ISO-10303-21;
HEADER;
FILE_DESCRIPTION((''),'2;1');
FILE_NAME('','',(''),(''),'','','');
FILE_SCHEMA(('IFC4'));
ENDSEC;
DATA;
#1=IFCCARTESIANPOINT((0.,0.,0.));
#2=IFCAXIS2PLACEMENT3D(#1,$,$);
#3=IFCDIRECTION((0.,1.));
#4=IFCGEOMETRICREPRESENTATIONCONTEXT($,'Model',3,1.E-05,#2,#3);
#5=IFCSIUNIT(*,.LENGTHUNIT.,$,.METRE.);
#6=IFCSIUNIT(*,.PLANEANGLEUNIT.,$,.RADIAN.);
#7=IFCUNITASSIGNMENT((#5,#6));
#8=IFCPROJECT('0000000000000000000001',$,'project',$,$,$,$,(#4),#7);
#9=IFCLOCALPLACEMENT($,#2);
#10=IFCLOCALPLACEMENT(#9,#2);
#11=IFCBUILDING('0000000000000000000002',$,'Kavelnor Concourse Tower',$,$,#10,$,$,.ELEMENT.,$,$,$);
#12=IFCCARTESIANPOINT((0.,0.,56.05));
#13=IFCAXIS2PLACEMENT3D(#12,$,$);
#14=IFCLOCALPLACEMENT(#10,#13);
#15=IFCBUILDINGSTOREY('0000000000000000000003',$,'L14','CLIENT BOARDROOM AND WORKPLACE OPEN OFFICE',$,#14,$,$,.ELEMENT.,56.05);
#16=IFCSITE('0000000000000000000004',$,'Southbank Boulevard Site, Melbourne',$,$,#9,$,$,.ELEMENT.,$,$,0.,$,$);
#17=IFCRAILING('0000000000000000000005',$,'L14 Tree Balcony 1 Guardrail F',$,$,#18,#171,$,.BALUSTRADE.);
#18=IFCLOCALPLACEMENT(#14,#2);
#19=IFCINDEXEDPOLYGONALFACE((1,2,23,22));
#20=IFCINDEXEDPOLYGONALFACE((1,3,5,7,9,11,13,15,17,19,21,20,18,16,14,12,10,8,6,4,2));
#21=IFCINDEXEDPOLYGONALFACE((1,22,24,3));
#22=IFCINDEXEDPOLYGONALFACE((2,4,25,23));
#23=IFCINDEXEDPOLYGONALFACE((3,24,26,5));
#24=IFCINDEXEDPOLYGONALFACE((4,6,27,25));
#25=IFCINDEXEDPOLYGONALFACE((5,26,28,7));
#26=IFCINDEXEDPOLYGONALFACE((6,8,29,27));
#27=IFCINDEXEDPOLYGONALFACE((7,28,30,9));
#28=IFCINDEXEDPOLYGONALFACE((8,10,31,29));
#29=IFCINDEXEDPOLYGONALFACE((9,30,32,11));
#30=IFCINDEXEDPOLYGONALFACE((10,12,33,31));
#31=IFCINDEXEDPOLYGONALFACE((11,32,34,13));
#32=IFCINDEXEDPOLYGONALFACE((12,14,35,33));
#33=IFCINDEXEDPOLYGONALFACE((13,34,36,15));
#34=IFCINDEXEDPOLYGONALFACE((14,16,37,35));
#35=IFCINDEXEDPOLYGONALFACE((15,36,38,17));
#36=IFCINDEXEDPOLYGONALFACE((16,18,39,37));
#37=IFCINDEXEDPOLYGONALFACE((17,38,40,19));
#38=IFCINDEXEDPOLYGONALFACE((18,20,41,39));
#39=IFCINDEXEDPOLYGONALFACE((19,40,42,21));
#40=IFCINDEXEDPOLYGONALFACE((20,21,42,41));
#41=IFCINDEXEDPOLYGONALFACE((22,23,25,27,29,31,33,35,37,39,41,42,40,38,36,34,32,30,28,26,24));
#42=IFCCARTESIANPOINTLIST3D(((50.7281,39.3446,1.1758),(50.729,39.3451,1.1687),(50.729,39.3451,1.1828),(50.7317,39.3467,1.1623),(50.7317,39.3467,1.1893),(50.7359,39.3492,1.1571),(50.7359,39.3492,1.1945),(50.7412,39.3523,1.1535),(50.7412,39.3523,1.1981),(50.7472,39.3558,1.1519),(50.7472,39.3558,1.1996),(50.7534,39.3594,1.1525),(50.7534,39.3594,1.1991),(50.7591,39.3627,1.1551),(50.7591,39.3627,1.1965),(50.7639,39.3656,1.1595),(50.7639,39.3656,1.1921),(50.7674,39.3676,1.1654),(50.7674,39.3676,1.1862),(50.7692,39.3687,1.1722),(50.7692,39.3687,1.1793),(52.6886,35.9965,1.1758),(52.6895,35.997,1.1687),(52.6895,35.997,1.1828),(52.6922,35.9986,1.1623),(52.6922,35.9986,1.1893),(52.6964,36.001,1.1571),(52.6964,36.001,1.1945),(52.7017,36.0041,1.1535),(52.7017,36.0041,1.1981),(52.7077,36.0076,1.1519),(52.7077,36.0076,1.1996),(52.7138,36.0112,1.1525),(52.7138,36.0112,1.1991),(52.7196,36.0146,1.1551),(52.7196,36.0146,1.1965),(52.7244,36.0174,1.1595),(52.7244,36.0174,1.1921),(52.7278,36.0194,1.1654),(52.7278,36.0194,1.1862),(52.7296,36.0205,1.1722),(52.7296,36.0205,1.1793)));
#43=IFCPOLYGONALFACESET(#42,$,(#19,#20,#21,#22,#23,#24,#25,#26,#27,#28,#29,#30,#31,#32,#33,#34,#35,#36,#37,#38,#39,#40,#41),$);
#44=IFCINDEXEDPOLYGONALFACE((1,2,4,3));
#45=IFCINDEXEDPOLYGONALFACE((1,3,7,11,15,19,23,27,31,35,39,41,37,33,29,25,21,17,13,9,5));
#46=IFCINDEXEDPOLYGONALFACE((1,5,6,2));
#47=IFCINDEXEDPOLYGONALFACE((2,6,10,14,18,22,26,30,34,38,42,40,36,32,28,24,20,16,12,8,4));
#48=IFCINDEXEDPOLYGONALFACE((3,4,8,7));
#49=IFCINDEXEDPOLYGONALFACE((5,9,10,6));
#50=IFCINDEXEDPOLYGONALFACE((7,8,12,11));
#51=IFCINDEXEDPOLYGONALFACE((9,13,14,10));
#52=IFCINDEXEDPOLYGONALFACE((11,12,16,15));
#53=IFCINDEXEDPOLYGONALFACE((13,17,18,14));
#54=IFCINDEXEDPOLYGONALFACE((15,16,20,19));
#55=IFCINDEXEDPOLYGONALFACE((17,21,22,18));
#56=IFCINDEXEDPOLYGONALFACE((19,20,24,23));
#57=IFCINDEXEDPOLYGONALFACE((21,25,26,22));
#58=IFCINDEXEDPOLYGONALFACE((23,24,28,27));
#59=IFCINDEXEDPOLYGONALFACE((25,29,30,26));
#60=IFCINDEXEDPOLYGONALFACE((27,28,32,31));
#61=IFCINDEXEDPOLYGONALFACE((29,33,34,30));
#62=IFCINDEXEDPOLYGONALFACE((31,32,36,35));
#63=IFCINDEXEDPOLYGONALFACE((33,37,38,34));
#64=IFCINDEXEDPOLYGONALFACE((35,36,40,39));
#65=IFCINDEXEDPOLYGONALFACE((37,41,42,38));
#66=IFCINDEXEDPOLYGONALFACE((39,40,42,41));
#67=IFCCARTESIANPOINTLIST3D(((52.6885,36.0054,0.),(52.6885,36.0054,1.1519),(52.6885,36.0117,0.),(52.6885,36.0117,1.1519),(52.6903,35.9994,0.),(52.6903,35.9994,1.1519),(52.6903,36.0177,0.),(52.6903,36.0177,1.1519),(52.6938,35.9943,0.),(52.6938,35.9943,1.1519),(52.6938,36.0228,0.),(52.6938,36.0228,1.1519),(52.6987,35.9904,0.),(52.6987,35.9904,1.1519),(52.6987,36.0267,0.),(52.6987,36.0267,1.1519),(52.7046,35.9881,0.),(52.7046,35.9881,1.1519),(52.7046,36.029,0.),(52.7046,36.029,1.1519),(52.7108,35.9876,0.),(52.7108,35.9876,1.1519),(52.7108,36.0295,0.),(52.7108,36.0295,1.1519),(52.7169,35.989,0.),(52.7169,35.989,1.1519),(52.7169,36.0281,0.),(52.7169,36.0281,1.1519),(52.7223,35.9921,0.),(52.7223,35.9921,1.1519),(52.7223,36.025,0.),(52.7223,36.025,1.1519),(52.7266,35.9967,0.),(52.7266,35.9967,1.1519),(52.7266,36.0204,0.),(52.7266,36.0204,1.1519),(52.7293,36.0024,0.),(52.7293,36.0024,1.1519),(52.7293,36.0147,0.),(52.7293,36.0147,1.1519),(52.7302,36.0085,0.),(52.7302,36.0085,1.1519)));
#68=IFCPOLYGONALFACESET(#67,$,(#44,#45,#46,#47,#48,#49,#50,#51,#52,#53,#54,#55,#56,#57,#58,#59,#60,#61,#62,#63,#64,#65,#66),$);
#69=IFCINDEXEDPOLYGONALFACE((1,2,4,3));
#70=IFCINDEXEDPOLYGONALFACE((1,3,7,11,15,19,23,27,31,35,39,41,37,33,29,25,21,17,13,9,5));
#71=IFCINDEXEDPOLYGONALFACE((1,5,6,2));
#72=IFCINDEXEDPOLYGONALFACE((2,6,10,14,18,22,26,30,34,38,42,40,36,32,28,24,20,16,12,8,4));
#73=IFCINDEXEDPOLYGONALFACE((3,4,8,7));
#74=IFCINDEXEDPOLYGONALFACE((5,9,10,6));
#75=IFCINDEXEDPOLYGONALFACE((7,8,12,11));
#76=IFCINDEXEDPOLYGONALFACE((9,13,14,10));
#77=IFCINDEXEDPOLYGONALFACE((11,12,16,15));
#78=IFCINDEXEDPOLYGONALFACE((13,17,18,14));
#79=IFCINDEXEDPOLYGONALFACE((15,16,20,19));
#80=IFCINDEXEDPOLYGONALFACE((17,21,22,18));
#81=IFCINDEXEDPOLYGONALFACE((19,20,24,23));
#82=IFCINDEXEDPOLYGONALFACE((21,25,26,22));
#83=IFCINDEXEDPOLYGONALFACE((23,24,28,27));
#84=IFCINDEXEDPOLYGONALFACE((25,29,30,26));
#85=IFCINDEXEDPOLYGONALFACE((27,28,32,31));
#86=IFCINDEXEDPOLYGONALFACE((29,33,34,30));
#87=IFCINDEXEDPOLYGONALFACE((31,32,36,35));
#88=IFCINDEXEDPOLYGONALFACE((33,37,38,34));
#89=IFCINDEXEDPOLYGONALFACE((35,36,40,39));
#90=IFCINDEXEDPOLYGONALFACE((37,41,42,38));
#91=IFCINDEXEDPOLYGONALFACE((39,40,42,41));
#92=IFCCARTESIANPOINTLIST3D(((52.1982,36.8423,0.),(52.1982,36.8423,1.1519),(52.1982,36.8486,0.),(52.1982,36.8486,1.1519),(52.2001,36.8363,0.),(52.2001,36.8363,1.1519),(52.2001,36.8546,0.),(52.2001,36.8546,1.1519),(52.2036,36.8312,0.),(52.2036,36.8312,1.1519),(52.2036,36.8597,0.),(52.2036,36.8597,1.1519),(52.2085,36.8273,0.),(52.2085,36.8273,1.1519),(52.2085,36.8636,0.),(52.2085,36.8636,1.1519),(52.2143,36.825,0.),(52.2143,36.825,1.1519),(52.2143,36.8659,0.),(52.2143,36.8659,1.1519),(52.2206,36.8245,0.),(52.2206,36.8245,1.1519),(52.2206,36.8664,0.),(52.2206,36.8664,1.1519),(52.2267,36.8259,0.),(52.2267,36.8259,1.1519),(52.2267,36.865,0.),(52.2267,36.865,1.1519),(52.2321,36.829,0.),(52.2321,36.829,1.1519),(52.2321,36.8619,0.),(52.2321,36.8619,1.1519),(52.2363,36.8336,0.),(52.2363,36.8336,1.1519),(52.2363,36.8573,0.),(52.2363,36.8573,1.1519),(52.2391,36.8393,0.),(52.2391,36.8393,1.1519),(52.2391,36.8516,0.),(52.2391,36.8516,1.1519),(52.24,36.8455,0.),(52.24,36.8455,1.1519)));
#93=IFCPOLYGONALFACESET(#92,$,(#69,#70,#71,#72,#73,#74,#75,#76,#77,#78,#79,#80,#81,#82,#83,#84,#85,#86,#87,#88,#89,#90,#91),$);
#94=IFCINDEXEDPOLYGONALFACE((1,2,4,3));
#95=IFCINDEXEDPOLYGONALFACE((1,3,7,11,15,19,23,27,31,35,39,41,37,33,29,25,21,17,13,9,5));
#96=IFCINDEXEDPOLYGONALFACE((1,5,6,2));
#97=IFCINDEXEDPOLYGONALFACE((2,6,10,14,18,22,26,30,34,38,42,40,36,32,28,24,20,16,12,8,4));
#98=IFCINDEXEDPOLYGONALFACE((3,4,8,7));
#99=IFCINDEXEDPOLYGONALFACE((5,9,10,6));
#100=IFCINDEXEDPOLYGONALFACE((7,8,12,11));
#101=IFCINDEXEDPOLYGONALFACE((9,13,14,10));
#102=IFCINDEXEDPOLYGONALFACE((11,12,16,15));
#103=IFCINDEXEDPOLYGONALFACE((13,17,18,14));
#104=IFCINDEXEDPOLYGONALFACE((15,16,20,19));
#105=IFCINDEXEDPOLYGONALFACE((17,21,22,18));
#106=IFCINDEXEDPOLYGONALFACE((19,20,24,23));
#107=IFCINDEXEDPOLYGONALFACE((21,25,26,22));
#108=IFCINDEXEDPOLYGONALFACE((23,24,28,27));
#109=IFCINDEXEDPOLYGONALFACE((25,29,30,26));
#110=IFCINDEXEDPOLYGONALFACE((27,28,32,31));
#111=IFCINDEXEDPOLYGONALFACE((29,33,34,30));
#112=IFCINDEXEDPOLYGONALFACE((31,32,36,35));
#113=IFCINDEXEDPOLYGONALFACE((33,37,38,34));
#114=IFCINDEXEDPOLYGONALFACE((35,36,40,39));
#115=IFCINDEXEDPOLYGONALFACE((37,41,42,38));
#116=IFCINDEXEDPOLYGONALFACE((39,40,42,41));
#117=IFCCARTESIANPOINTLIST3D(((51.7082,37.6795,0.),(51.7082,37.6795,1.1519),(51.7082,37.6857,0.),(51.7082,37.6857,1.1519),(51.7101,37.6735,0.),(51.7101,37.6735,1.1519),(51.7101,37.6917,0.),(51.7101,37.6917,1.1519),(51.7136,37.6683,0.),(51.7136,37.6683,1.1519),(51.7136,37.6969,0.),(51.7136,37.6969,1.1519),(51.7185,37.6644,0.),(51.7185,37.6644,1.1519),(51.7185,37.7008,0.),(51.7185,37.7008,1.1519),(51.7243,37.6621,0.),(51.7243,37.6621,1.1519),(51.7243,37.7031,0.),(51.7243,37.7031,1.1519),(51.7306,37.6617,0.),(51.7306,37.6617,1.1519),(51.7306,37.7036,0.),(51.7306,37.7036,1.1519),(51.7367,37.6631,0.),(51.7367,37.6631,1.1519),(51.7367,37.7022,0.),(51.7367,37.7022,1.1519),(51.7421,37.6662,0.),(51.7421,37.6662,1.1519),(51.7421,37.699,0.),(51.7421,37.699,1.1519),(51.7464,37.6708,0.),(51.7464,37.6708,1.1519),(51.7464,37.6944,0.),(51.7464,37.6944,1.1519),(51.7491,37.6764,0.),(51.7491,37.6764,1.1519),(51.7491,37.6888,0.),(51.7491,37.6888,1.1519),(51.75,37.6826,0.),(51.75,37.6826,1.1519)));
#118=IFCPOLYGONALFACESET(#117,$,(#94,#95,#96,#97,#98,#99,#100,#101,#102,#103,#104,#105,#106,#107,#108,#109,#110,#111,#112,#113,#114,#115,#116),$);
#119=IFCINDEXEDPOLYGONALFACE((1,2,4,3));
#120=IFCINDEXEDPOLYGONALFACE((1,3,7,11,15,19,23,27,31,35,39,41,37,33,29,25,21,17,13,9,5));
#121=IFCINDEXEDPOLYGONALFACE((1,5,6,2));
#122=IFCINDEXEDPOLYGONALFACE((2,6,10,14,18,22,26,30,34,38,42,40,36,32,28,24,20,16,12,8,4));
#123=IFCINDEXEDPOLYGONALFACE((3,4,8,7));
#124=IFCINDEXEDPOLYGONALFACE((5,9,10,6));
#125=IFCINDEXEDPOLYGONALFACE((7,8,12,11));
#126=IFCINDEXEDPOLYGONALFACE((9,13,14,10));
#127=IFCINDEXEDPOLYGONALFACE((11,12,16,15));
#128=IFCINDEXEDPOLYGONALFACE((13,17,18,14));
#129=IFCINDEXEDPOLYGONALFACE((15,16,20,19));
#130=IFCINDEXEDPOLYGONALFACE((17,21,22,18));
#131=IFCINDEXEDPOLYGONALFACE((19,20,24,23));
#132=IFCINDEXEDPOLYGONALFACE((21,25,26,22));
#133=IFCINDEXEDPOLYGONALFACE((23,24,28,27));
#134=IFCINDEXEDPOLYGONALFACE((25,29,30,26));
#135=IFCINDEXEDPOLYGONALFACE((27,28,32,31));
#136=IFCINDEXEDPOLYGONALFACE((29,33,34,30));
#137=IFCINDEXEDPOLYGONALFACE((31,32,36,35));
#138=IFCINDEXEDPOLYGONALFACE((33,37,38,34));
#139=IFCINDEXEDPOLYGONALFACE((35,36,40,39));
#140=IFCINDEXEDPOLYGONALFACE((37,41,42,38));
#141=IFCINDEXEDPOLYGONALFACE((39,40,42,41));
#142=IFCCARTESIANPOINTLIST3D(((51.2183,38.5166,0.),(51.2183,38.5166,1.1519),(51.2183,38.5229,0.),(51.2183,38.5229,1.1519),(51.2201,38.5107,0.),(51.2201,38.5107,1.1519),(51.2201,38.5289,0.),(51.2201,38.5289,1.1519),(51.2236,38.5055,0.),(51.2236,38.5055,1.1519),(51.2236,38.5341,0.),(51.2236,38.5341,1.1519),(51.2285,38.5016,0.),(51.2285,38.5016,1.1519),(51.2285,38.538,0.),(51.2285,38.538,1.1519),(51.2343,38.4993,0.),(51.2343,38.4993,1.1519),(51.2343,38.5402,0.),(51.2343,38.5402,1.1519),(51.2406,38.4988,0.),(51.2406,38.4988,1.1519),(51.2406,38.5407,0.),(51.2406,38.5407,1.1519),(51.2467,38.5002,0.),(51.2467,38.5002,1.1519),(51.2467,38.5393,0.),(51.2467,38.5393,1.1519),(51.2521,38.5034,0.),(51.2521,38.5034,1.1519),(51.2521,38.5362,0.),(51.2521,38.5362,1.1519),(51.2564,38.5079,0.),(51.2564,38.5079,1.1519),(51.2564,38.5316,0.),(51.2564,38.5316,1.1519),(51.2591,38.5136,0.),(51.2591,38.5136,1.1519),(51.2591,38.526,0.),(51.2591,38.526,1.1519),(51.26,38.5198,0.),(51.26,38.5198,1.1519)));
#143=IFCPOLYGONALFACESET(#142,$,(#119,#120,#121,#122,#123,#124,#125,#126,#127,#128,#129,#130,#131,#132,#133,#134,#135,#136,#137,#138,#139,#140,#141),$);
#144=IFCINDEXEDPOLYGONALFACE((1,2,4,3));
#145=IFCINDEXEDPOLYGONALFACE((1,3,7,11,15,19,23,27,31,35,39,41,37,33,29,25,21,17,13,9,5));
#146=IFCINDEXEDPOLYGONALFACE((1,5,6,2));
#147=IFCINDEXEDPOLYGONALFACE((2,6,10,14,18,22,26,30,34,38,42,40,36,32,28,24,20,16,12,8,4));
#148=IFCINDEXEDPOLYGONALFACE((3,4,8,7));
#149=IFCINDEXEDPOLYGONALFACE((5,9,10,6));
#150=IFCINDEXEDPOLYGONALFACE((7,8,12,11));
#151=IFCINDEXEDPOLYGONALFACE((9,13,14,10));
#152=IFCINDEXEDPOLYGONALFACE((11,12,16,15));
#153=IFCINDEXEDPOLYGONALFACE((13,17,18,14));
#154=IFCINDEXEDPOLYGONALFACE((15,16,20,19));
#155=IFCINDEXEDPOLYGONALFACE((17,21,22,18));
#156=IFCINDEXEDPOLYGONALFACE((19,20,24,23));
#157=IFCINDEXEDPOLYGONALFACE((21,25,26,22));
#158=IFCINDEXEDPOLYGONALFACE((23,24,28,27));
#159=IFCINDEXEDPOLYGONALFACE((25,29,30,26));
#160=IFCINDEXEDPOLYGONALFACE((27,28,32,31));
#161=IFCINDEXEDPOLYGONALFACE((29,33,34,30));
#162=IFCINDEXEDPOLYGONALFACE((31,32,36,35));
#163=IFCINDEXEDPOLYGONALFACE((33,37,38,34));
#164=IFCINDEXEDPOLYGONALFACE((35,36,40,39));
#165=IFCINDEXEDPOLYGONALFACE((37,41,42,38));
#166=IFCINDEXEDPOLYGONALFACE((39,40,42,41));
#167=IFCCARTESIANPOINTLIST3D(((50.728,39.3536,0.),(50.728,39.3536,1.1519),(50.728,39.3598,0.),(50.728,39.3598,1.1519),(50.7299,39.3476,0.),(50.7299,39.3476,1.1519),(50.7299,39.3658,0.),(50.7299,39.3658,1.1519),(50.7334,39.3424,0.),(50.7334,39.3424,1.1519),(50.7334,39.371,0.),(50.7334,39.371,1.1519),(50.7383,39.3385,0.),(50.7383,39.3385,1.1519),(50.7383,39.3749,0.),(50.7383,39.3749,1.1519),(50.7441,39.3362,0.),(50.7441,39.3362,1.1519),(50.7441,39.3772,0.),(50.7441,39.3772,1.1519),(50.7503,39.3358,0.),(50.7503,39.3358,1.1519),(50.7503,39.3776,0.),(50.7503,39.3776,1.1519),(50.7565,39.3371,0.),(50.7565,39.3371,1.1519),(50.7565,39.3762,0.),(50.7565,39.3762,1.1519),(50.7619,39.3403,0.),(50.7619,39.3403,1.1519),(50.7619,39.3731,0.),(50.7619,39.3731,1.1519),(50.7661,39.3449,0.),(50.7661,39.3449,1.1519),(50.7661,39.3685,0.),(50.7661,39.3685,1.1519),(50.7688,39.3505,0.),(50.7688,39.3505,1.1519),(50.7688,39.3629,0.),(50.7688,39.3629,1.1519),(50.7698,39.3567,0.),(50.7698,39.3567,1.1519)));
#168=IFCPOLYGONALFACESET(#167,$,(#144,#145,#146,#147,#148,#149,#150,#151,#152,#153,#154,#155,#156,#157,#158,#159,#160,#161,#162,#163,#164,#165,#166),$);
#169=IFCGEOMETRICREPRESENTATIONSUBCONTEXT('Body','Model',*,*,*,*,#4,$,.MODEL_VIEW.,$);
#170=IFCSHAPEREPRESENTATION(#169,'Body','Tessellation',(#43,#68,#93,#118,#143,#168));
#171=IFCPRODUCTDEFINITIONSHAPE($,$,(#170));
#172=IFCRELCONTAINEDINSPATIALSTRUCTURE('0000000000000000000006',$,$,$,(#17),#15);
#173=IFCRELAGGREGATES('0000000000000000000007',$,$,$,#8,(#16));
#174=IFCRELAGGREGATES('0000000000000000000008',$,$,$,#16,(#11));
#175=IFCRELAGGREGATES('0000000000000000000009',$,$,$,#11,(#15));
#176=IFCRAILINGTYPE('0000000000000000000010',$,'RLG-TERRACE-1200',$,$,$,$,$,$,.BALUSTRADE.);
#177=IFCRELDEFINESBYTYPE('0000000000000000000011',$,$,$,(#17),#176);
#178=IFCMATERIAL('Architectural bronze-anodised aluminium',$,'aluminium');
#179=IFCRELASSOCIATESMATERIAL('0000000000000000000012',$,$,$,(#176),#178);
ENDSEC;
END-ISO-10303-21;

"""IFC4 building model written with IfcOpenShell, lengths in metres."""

from ifc_helpers import new_model, si_unit, direction, frame, origin, origin_2d, place, context, subcontext, project, spatial, circle, extrude, material, type_object, element, save


model = new_model("IFC4")

# Units and contexts
model_context = context("Model", 3, precision=1e-05, world=origin(), true_north=direction((0.0, 1.0)))
body_context = subcontext(model_context, "Body", "Model", "MODEL_VIEW")
ifc_project = project(units=[si_unit("LENGTHUNIT", "METRE"), si_unit("PLANEANGLEUNIT", "RADIAN")], contexts=[model_context])

# Site, building, storey
site_placement = place(None, origin())
site = spatial("IfcSite", under=ifc_project, at=site_placement, Name="Southbank Boulevard Site, Melbourne", CompositionType="ELEMENT", RefElevation=0.0)
building_placement = place(site_placement, origin())
building = spatial("IfcBuilding", under=site, at=building_placement, Name="Kavelnor Concourse Tower", CompositionType="ELEMENT")
storey_placement = place(building_placement, frame((0.0, 0.0, 56.05)))
storey = spatial("IfcBuildingStorey", under=building, at=storey_placement, Name="L14", Description="CLIENT BOARDROOM AND WORKPLACE OPEN OFFICE", CompositionType="ELEMENT", Elevation=56.05)

# Railing
ifc_material_1 = material(Name="Architectural bronze-anodised aluminium", Category="aluminium")
railing_type = type_object("IfcRailingType", Name="RLG-TERRACE-1200", PredefinedType="BALUSTRADE", material=ifc_material_1)
railing_1_placement = place(storey_placement, frame((52.7092, 36.0085, 0.0)))
element("IfcRailing", 1, at=railing_1_placement, inside=storey, type_object=railing_type, Name="L14 Tree Balcony 1 Guardrail F", PredefinedType="BALUSTRADE", context=body_context, shape_type="SweptSolid", body=[
    extrude(circle(Radius=0.0239, at=origin_2d()), frame((0.0, 0.0, 1.1758), z_axis=(-0.505287, 0.862952, 0.0), x_axis=(-0.862952, -0.505287, 0.0)), (0.0, 0.0, 1.0), 3.8799),
    extrude(circle(Radius=0.021, at=origin_2d()), origin(), (0.0, 0.0, 1.0), 1.1519),
    extrude(circle(Radius=0.021, at=origin_2d()), frame((-0.4902, 0.8369, 0.0)), (0.0, 0.0, 1.0), 1.1519),
    extrude(circle(Radius=0.021, at=origin_2d()), frame((-0.9802, 1.6741, 0.0)), (0.0, 0.0, 1.0), 1.1519),
    extrude(circle(Radius=0.021, at=origin_2d()), frame((-1.4702, 2.5112, 0.0)), (0.0, 0.0, 1.0), 1.1519),
    extrude(circle(Radius=0.021, at=origin_2d()), frame((-1.9604, 3.3481, 0.0)), (0.0, 0.0, 1.0), 1.1519),
])

save(model, "model.ifc")
